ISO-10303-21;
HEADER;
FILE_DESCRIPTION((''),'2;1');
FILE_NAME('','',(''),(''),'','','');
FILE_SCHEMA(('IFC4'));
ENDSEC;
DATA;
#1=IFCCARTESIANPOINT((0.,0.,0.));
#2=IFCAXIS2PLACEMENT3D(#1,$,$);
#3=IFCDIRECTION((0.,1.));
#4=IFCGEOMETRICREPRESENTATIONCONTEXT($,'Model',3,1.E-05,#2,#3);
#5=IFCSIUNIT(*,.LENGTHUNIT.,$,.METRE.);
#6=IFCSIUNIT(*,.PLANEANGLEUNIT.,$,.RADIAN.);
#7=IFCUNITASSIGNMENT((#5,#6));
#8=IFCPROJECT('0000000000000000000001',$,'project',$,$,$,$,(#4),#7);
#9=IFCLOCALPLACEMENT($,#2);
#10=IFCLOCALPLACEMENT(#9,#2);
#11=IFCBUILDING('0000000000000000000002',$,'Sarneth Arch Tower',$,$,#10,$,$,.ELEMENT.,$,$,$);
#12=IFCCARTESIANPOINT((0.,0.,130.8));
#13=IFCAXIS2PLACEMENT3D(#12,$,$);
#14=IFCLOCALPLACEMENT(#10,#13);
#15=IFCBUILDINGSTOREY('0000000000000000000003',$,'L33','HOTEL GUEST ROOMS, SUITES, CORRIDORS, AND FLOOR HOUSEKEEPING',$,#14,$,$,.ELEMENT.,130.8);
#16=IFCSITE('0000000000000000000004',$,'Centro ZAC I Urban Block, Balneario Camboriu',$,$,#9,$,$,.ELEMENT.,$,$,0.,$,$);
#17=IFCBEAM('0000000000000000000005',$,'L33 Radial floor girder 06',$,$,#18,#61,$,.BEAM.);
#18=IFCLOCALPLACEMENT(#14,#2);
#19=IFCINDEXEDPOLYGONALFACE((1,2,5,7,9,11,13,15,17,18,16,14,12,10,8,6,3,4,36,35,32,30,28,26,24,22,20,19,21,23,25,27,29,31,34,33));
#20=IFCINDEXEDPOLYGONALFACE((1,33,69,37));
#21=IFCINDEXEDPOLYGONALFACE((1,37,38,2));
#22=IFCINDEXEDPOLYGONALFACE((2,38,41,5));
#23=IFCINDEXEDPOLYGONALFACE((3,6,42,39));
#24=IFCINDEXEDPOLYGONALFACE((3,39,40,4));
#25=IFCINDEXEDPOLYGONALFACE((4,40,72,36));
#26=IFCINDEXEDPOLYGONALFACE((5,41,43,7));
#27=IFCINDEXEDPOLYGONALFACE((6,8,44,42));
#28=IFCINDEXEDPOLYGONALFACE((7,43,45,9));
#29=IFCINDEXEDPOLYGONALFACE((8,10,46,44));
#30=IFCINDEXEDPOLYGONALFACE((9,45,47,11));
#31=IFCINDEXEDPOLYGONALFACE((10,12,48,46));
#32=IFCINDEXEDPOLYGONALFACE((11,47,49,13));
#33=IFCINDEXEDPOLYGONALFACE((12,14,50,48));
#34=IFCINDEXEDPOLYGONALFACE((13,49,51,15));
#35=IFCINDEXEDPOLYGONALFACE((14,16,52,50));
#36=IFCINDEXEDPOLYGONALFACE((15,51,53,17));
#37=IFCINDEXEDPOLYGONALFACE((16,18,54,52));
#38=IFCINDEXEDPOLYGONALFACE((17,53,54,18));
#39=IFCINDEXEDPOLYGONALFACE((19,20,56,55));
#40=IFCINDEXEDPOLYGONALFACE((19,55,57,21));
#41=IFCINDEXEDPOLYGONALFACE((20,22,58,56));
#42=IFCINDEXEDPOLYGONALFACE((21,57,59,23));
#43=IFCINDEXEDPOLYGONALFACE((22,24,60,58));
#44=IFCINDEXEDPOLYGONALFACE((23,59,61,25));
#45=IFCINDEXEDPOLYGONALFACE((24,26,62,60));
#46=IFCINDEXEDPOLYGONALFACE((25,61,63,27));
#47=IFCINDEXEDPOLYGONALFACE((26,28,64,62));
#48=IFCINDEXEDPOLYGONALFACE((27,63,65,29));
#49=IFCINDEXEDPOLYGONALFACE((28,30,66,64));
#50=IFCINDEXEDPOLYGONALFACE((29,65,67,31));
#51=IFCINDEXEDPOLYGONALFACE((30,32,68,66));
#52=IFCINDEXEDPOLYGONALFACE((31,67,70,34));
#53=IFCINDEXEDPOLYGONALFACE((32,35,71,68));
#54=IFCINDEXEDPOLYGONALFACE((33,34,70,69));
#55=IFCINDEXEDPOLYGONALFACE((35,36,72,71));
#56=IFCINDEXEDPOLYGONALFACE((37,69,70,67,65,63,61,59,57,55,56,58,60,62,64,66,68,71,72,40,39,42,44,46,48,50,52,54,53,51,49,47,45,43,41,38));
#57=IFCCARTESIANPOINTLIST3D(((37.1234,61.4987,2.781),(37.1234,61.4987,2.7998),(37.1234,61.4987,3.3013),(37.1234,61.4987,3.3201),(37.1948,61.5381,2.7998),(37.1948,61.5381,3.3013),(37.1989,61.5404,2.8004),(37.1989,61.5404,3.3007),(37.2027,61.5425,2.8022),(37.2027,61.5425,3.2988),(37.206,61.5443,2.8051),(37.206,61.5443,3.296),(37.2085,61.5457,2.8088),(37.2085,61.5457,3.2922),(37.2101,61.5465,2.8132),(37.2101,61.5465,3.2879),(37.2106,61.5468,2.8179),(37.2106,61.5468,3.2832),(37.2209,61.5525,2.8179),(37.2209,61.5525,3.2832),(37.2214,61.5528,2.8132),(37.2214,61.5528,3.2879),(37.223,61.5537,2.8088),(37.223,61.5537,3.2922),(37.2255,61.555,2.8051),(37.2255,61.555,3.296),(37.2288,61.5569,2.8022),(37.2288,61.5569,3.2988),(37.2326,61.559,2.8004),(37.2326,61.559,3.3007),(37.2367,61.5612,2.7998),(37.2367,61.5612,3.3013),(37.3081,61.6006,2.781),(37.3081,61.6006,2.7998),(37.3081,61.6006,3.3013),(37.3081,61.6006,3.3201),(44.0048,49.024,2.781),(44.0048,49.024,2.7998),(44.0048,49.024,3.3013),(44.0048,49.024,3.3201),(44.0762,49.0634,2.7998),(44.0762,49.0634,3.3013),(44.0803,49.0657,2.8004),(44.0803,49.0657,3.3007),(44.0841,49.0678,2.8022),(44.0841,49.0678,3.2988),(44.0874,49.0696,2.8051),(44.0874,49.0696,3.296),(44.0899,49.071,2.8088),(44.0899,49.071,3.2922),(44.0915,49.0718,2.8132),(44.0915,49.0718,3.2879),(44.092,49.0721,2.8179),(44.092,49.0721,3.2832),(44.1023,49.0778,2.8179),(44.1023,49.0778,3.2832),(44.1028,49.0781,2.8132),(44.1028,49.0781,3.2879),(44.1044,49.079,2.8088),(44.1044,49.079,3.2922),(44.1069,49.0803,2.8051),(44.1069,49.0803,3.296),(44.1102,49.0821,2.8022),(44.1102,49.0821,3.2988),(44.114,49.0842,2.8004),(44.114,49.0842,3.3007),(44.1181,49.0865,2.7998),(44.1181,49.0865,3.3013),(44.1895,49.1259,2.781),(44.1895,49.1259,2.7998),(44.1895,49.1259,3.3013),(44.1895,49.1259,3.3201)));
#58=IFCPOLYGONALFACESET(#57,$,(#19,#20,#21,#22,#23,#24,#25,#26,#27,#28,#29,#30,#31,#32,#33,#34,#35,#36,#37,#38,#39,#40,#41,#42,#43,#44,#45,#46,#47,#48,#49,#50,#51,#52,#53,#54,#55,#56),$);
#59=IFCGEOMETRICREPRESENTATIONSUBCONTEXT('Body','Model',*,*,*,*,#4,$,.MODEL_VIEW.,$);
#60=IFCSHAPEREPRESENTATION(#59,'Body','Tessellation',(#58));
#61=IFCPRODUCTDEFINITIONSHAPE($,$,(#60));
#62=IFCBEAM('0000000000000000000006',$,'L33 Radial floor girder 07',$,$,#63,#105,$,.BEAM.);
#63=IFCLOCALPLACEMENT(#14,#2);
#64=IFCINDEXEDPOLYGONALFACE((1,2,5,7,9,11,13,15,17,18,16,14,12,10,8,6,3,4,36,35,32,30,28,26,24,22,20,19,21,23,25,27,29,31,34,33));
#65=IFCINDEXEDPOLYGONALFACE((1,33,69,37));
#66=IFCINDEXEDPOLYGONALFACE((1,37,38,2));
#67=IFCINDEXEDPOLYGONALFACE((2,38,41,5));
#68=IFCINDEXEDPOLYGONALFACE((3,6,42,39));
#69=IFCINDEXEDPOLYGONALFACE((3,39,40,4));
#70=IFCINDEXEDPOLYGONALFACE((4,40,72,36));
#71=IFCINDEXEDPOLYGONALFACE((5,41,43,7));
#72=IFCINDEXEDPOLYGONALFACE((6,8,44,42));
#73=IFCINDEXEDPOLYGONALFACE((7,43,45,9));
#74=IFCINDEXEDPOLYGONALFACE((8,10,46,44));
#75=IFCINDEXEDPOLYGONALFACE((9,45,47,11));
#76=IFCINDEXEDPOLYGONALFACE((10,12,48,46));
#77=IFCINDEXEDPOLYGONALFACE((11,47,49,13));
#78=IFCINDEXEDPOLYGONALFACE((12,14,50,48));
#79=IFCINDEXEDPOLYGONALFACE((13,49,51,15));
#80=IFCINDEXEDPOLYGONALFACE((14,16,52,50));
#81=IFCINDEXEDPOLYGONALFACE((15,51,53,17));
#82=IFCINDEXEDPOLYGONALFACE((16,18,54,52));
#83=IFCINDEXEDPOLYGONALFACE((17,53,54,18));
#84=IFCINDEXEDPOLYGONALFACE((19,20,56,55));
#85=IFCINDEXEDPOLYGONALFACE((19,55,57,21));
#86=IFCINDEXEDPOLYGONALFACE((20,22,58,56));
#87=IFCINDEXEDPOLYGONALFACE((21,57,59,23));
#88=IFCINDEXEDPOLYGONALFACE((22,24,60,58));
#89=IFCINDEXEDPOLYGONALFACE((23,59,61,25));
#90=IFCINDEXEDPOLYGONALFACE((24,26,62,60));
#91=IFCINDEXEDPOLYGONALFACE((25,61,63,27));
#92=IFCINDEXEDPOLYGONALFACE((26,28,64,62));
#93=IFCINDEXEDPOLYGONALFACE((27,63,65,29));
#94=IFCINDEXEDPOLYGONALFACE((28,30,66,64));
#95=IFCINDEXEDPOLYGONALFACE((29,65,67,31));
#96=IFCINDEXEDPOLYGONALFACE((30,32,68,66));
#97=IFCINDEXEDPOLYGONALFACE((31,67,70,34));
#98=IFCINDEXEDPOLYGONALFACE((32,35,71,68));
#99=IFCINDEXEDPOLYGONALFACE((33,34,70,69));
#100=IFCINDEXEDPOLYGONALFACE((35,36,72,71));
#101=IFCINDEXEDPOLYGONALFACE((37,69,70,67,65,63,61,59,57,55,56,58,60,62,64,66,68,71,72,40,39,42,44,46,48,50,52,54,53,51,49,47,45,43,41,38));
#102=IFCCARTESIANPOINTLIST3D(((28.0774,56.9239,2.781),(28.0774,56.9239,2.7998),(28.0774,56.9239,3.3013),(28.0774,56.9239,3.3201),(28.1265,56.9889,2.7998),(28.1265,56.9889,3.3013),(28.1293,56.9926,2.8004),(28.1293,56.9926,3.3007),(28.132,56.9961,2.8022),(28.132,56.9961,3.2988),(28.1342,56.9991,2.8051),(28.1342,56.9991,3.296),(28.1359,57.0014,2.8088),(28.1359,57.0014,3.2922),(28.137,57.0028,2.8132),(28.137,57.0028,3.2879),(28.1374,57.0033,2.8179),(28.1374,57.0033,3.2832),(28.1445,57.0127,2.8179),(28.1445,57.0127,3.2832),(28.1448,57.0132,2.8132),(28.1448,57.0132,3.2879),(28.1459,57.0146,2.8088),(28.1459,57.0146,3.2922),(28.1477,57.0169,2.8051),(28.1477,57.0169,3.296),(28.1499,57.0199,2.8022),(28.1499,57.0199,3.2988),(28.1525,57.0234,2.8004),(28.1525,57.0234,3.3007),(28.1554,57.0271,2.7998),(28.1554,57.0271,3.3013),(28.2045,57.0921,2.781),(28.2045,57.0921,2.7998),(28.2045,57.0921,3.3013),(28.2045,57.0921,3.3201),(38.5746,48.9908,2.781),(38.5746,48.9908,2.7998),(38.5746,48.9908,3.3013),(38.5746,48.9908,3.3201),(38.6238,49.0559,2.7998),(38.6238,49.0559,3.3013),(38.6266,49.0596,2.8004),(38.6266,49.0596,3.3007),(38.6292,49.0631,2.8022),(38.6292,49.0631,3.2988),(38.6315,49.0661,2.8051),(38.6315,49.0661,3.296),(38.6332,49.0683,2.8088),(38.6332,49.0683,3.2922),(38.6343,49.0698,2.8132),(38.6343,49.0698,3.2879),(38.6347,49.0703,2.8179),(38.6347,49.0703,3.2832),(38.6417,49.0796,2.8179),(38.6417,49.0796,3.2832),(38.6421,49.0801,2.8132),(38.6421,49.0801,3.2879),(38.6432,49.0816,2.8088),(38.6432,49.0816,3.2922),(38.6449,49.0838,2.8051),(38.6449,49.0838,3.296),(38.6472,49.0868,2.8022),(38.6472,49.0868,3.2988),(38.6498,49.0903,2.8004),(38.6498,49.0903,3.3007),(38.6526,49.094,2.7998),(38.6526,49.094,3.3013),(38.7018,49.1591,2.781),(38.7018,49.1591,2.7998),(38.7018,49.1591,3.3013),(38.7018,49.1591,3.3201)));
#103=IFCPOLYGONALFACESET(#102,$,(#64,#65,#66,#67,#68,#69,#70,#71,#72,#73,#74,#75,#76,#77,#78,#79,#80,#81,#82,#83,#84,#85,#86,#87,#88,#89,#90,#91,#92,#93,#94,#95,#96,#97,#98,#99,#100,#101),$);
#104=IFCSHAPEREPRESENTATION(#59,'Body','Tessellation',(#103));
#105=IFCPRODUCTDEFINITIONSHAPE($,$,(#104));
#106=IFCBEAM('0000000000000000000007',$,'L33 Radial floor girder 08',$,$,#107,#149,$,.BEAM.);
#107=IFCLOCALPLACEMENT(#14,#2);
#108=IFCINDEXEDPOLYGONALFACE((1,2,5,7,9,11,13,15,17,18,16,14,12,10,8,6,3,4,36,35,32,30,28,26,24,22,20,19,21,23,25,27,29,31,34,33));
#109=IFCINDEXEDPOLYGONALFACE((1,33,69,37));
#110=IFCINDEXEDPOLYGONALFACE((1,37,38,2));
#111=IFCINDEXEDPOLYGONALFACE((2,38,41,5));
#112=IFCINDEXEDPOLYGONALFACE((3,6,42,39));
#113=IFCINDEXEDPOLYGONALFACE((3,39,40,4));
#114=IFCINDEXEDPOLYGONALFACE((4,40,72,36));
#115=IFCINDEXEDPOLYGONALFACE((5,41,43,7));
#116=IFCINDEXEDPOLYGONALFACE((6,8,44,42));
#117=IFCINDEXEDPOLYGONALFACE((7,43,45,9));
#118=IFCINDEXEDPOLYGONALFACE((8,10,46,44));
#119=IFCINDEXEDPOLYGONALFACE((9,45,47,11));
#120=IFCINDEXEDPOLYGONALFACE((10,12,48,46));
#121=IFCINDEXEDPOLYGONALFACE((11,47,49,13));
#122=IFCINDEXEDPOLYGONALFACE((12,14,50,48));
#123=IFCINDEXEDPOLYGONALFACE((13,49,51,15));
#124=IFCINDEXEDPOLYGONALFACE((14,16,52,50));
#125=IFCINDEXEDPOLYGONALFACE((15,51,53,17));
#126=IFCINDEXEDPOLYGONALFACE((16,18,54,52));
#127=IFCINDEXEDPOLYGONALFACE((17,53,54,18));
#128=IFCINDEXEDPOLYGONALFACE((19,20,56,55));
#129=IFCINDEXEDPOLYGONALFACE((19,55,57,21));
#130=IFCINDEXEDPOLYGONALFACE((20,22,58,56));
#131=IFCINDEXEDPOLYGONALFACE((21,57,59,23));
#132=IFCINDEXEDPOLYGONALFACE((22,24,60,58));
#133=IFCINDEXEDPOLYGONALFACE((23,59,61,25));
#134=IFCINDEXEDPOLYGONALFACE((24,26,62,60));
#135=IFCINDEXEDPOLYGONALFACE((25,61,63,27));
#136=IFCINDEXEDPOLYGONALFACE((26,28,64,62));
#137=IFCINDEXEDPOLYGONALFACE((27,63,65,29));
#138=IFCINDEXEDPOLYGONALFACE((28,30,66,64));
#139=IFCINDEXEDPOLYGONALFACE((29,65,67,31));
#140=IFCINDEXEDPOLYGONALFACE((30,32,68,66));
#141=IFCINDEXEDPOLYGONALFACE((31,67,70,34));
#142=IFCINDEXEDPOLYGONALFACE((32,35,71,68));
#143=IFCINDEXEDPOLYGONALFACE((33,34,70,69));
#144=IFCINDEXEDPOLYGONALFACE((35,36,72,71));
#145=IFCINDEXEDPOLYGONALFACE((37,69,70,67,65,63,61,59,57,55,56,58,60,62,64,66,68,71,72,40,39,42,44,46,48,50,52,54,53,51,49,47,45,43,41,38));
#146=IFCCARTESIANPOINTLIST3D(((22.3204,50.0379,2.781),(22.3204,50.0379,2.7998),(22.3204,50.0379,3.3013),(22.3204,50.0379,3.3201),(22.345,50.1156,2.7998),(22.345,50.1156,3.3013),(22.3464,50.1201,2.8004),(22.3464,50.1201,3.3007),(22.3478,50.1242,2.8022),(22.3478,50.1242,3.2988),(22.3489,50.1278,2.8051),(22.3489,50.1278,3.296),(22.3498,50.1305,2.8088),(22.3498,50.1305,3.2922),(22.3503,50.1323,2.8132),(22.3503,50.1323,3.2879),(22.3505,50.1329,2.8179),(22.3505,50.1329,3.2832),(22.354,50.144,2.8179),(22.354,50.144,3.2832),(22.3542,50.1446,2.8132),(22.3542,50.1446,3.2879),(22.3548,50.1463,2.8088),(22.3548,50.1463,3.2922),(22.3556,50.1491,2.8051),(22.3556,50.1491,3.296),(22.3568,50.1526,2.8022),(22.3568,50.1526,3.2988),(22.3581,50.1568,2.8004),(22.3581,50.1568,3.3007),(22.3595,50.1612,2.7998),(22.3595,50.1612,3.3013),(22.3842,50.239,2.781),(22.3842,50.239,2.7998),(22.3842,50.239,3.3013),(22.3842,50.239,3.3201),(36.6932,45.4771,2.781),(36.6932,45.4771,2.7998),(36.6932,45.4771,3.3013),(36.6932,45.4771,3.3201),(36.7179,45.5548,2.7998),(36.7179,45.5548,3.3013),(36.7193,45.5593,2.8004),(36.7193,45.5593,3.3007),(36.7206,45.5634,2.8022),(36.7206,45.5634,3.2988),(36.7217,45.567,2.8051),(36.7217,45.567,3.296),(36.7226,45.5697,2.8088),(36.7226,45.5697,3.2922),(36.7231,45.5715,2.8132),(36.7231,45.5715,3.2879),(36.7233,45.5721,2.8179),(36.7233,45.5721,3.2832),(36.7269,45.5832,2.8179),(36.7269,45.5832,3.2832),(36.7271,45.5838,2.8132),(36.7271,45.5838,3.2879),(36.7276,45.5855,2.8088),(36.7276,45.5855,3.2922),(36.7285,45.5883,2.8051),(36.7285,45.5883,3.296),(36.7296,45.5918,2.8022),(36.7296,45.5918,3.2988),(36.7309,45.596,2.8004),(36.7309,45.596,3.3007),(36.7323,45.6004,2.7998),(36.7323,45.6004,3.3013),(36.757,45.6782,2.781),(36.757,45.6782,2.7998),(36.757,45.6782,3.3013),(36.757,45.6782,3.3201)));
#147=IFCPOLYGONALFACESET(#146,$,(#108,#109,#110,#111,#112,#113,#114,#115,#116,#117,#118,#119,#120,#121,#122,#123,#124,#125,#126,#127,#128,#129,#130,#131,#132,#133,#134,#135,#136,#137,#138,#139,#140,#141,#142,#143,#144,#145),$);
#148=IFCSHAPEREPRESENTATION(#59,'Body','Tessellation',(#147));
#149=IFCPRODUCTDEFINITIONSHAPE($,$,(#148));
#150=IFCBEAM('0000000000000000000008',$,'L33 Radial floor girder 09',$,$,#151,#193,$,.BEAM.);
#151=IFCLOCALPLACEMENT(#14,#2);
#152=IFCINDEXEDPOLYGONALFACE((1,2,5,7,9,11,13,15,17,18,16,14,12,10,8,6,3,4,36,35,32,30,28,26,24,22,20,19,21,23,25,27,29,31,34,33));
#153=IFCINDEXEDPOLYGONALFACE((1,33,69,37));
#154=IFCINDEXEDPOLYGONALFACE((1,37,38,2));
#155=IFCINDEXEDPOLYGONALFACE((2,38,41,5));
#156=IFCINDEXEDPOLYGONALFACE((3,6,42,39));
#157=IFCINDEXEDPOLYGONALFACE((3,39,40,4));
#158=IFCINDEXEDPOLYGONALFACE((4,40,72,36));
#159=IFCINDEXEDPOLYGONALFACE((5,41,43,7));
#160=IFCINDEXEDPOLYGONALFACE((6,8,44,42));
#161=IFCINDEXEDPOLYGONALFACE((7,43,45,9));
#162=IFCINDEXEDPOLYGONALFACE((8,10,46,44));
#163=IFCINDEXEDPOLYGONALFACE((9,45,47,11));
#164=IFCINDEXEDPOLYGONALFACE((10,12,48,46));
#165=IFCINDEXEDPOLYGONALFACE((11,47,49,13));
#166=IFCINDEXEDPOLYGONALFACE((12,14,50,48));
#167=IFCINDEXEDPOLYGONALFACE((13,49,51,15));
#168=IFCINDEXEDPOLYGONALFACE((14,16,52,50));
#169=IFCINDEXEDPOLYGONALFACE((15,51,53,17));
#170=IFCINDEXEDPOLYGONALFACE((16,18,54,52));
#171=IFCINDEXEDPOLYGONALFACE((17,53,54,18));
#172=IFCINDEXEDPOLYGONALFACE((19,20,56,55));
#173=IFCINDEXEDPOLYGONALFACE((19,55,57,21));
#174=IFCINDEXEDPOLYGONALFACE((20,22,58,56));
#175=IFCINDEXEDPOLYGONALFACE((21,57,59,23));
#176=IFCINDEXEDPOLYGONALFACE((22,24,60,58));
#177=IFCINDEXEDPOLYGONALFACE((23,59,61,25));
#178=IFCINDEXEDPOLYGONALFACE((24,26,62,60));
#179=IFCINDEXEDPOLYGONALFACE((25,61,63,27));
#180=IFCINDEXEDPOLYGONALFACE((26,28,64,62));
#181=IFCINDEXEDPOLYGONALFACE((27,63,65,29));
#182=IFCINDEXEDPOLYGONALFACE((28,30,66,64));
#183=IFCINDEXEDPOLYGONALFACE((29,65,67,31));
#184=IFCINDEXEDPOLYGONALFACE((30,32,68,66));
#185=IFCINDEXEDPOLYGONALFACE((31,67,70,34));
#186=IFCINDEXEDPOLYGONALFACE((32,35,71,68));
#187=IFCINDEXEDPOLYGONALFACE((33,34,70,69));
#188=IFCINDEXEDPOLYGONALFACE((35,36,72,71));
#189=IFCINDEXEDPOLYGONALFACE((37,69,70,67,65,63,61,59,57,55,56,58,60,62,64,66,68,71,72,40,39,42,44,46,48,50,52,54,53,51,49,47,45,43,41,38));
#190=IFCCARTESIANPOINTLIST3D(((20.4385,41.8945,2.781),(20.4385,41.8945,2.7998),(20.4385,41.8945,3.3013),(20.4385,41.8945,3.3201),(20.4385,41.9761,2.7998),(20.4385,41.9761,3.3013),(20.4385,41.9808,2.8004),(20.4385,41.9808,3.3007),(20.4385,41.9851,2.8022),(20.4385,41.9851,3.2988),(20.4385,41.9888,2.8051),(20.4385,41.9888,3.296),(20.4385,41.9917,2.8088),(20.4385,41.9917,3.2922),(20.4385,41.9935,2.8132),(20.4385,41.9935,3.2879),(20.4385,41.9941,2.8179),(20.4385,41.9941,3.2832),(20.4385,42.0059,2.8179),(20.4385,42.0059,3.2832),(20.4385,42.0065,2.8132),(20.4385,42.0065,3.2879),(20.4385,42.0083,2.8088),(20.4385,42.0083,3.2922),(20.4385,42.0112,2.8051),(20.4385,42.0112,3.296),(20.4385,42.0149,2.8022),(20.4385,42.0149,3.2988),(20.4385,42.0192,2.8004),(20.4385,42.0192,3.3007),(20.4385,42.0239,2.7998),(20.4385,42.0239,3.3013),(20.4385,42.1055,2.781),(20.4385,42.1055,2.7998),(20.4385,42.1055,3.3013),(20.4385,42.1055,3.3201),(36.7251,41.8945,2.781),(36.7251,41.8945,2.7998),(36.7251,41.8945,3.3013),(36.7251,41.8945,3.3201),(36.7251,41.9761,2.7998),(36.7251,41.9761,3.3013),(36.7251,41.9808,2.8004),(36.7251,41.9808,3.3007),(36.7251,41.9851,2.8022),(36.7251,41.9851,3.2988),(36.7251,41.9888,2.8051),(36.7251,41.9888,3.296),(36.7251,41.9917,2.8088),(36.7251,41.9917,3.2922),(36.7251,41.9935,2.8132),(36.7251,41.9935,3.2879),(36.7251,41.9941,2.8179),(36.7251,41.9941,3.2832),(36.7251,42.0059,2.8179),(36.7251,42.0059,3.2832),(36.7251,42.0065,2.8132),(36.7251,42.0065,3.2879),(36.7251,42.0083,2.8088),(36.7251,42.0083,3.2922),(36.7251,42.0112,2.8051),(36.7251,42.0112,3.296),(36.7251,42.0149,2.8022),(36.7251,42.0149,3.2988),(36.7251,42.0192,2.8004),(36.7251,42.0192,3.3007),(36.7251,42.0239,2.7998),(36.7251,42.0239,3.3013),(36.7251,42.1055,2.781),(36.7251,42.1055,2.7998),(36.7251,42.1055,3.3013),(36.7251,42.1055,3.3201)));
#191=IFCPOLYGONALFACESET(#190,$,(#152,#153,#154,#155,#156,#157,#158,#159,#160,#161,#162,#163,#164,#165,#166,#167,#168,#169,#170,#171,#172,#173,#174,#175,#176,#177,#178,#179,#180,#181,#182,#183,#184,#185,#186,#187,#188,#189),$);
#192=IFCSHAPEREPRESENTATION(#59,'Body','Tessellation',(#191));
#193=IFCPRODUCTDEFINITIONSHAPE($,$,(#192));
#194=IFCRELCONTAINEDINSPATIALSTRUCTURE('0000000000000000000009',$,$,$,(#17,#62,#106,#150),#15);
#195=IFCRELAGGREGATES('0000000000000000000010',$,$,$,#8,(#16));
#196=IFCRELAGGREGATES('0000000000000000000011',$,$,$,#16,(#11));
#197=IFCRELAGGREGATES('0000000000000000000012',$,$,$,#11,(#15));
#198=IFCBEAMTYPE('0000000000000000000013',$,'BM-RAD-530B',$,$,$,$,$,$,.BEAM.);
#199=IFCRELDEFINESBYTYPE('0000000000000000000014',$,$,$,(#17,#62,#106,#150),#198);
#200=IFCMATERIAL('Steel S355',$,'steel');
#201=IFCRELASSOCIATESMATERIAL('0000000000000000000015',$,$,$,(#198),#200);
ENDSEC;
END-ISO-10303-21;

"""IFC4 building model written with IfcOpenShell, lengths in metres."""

from ifc_helpers import new_model, si_unit, direction, frame, origin, origin_2d, place, context, subcontext, project, spatial, i_section, extrude, material, material_profile, profile_set, type_object, element, save


model = new_model("IFC4")

# Units and contexts
model_context = context("Model", 3, precision=1e-05, world=origin(), true_north=direction((0.0, 1.0)))
body_context = subcontext(model_context, "Body", "Model", "MODEL_VIEW")
ifc_project = project(units=[si_unit("LENGTHUNIT", "METRE"), si_unit("PLANEANGLEUNIT", "RADIAN")], contexts=[model_context])

# Site, building, storey
site_placement = place(None, origin())
site = spatial("IfcSite", under=ifc_project, at=site_placement, Name="Centro ZAC I Urban Block, Balneario Camboriu", CompositionType="ELEMENT", RefElevation=0.0)
building_placement = place(site_placement, origin())
building = spatial("IfcBuilding", under=site, at=building_placement, Name="Sarneth Arch Tower", CompositionType="ELEMENT")
storey_placement = place(building_placement, frame((0.0, 0.0, 130.8)))
storey = spatial("IfcBuildingStorey", under=building, at=storey_placement, Name="L33", Description="HOTEL GUEST ROOMS, SUITES, CORRIDORS, AND FLOOR HOUSEKEEPING", CompositionType="ELEMENT", Elevation=130.8)

# Beams
ifc_material_1 = material(Name="Steel S355", Category="steel")
ifc_material_profile = material_profile(ifc_material_1, i_section(OverallWidth=0.2109, OverallDepth=0.5391, WebThickness=0.0117, FlangeThickness=0.0188, FilletRadius=0.0181, at=origin_2d()), Name="W530x109")
ifc_profile_set = profile_set([ifc_material_profile], Name="Steel S355")
beam_type = type_object("IfcBeamType", Name="BM-RAD-530B", PredefinedType="BEAM", material=ifc_profile_set)
beam_1_placement = place(storey_placement, frame((44.0972, 49.075, 3.0505), z_axis=(-0.483013, 0.875613, 0.0), x_axis=(-0.875613, -0.483013, 0.0)))
element("IfcBeam", 1, at=beam_1_placement, inside=storey, type_object=beam_type, Name="L33 Radial floor girder 06", PredefinedType="BEAM", context=body_context, shape_type="SweptSolid", body=[
    extrude(i_section(OverallWidth=0.2109, OverallDepth=0.5391, WebThickness=0.0117, FlangeThickness=0.0188, FilletRadius=0.0181, at=origin_2d()), origin(), (0.0, 0.0, 1.0), 14.2468),
])
beam_2_placement = place(storey_placement, frame((38.6382, 49.075, 3.0505), z_axis=(-0.797801, 0.60292, 0.0), x_axis=(-0.60292, -0.797801, 0.0)))
element("IfcBeam", 2, at=beam_2_placement, inside=storey, type_object=beam_type, Name="L33 Radial floor girder 07", PredefinedType="BEAM", context=body_context, shape_type="SweptSolid", body=[
    extrude(i_section(OverallWidth=0.2109, OverallDepth=0.5391, WebThickness=0.0117, FlangeThickness=0.0188, FilletRadius=0.0181, at=origin_2d()), origin(), (0.0, 0.0, 1.0), 13.1577),
])
beam_3_placement = place(storey_placement, frame((36.7251, 45.5776, 3.0505), z_axis=(-0.953163, 0.302458, 0.0), x_axis=(-0.302458, -0.953163, 0.0)))
element("IfcBeam", 3, at=beam_3_placement, inside=storey, type_object=beam_type, Name="L33 Radial floor girder 08", PredefinedType="BEAM", context=body_context, shape_type="SweptSolid", body=[
    extrude(i_section(OverallWidth=0.2109, OverallDepth=0.5391, WebThickness=0.0117, FlangeThickness=0.0188, FilletRadius=0.0181, at=origin_2d()), origin(), (0.0, 0.0, 1.0), 15.0791),
])
beam_4_placement = place(storey_placement, frame((36.7251, 42.0, 3.0505), z_axis=(-1.0, 0.0, 0.0), x_axis=(0.0, -1.0, 0.0)))
element("IfcBeam", 4, at=beam_4_placement, inside=storey, type_object=beam_type, Name="L33 Radial floor girder 09", PredefinedType="BEAM", context=body_context, shape_type="SweptSolid", body=[
    extrude(i_section(OverallWidth=0.2109, OverallDepth=0.5391, WebThickness=0.0117, FlangeThickness=0.0188, FilletRadius=0.0181, at=origin_2d()), origin(), (0.0, 0.0, 1.0), 16.2866),
])

save(model, "model.ifc")
